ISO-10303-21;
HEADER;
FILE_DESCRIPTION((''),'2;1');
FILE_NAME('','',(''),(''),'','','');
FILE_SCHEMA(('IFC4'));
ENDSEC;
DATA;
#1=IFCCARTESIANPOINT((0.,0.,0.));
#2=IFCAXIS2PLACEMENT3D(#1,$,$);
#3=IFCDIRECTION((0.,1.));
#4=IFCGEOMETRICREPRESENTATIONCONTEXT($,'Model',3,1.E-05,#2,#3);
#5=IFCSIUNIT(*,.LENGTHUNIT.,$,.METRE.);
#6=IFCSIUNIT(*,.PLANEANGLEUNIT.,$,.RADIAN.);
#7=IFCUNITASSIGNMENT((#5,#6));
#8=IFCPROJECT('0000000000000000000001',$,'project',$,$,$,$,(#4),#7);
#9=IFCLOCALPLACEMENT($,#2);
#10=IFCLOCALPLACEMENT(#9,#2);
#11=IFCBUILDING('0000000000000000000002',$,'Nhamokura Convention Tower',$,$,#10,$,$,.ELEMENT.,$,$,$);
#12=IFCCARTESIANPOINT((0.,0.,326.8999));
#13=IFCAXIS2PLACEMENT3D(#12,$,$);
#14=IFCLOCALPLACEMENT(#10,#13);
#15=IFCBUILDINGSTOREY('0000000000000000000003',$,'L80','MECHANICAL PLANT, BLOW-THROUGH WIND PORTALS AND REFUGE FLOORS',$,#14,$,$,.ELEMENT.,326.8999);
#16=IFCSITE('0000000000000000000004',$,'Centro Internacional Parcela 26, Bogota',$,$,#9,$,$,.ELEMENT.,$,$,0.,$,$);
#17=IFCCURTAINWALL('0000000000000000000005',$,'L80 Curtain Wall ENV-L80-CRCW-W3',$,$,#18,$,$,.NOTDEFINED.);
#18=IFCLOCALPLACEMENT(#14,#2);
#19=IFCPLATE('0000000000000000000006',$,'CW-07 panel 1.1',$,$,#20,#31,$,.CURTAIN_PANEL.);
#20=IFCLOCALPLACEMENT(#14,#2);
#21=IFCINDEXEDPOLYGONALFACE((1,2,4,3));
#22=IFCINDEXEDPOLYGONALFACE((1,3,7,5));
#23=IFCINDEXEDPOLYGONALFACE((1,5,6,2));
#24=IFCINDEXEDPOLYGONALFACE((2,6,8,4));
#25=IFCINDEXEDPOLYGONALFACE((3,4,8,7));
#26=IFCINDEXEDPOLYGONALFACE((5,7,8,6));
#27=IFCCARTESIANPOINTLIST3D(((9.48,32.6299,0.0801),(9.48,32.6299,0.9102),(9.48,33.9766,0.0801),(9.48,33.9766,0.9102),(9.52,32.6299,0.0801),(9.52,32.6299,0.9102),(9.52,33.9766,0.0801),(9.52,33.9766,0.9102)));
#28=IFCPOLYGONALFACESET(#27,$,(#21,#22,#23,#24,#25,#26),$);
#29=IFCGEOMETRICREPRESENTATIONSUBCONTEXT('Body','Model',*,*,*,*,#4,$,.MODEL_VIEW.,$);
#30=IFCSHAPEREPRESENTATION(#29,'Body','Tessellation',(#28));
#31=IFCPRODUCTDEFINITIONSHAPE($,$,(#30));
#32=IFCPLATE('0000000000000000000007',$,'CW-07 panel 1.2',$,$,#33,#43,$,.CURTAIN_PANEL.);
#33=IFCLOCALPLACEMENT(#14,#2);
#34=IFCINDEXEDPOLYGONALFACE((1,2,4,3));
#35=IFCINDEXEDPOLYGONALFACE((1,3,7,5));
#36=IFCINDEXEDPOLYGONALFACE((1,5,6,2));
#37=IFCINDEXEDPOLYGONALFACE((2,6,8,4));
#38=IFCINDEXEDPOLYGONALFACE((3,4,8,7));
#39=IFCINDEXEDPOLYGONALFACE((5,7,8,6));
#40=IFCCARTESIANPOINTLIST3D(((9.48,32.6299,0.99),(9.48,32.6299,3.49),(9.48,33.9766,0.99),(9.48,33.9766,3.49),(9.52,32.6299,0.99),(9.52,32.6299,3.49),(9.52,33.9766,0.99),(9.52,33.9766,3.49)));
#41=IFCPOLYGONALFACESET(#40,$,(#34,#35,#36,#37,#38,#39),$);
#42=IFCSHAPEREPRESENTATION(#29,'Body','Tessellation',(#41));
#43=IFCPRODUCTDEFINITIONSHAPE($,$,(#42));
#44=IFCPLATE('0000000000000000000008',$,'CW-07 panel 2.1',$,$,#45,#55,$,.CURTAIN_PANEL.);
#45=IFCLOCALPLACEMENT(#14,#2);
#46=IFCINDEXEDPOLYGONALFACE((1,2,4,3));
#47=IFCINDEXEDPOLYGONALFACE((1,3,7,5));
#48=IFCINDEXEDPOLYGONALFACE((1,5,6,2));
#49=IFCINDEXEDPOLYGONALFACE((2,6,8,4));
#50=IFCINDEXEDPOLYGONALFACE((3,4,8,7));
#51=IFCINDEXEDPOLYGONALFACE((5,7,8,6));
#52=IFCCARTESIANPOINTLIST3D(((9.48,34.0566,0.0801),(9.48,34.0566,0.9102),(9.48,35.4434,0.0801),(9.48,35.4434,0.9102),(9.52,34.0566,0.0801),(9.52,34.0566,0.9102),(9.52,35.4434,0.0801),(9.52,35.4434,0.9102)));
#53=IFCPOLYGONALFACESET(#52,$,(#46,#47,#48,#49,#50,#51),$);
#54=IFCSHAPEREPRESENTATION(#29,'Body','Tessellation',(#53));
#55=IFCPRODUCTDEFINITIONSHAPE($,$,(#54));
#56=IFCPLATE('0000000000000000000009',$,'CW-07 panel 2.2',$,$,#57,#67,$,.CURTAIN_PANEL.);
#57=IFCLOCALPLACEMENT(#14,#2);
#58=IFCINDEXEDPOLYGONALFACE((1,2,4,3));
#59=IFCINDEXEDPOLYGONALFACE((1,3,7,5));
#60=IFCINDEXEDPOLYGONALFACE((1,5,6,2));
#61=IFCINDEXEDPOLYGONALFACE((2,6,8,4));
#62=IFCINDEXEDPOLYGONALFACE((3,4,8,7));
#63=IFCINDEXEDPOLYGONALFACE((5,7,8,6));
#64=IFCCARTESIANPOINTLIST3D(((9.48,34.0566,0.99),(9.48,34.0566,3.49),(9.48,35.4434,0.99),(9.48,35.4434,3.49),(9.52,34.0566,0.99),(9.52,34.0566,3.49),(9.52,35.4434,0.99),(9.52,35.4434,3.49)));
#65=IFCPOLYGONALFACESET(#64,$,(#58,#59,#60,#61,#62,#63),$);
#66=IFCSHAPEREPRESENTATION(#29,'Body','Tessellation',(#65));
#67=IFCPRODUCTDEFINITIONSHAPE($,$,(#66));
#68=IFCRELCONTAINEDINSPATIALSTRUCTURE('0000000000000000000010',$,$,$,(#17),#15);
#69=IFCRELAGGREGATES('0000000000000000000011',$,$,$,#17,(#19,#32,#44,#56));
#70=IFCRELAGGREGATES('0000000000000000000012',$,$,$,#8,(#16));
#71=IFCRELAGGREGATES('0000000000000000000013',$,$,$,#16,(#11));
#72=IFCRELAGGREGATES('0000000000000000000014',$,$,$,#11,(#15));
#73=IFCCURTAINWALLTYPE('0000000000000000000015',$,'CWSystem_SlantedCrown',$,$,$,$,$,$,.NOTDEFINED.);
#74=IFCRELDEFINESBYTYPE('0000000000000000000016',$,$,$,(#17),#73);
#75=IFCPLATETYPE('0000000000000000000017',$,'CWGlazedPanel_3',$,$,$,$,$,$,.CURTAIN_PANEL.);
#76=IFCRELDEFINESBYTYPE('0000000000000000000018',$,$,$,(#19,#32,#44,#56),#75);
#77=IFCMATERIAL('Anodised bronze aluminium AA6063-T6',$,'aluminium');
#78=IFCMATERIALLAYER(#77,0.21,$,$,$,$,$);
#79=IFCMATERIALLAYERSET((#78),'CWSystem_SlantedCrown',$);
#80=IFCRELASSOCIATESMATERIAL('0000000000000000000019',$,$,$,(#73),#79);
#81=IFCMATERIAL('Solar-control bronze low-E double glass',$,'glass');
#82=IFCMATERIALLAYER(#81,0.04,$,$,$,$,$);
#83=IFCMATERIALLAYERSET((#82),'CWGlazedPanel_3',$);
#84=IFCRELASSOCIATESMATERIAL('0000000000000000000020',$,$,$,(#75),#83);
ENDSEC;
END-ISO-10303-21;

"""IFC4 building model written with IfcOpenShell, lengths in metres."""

from ifc_helpers import new_model, si_unit, direction, frame, origin, origin_2d, place, context, subcontext, project, spatial, rectangle, extrude, material, layer, layer_set, type_object, element, aggregate, save


model = new_model("IFC4")

# Units and contexts
model_context = context("Model", 3, precision=1e-05, world=origin(), true_north=direction((0.0, 1.0)))
body_context = subcontext(model_context, "Body", "Model", "MODEL_VIEW")
ifc_project = project(units=[si_unit("LENGTHUNIT", "METRE"), si_unit("PLANEANGLEUNIT", "RADIAN")], contexts=[model_context])

# Site, building, storey
site_placement = place(None, origin())
site = spatial("IfcSite", under=ifc_project, at=site_placement, Name="Centro Internacional Parcela 26, Bogota", CompositionType="ELEMENT", RefElevation=0.0)
building_placement = place(site_placement, origin())
building = spatial("IfcBuilding", under=site, at=building_placement, Name="Nhamokura Convention Tower", CompositionType="ELEMENT")
storey_placement = place(building_placement, frame((0.0, 0.0, 326.8999)))
storey = spatial("IfcBuildingStorey", under=building, at=storey_placement, Name="L80", Description="MECHANICAL PLANT, BLOW-THROUGH WIND PORTALS AND REFUGE FLOORS", CompositionType="ELEMENT", Elevation=326.8999)

# Shared definitions
ifc_material_1 = material(Name="Anodised bronze aluminium AA6063-T6", Category="aluminium")
ifc_layer_1 = layer(ifc_material_1, 0.21)
ifc_layer_set_1 = layer_set([ifc_layer_1], Name="CWSystem_SlantedCrown")
curtain_wall_type = type_object("IfcCurtainWallType", Name="CWSystem_SlantedCrown", PredefinedType="NOTDEFINED", material=ifc_layer_set_1)

# Curtain wall
curtain_wall_1_placement = place(storey_placement, origin())
curtain_wall_1 = element("IfcCurtainWall", 1, at=curtain_wall_1_placement, inside=storey, type_object=curtain_wall_type, Name="L80 Curtain Wall ENV-L80-CRCW-W3", PredefinedType="NOTDEFINED")

# Plates
ifc_material_2 = material(Name="Solar-control bronze low-E double glass", Category="glass")
ifc_layer_2 = layer(ifc_material_2, 0.04)
ifc_layer_set_2 = layer_set([ifc_layer_2], Name="CWGlazedPanel_3")
plate_type = type_object("IfcPlateType", Name="CWGlazedPanel_3", PredefinedType="CURTAIN_PANEL", material=ifc_layer_set_2)
plate_1_placement = place(storey_placement, frame((9.5, 33.3032, 0.0801), z_axis=(0.0, 0.0, 1.0), x_axis=(0.0, 1.0, 0.0)))
plate_1 = element("IfcPlate", 2, at=plate_1_placement, type_object=plate_type, Name="CW-07 panel 1.1", PredefinedType="CURTAIN_PANEL", context=body_context, shape_type="SweptSolid", body=[
    extrude(rectangle(XDim=1.3467, YDim=0.04, at=origin_2d()), origin(), (0.0, 0.0, 1.0), 0.8301),
])
plate_2_placement = place(storey_placement, frame((9.5, 33.3032, 0.99), z_axis=(0.0, 0.0, 1.0), x_axis=(0.0, 1.0, 0.0)))
plate_2 = element("IfcPlate", 3, at=plate_2_placement, type_object=plate_type, Name="CW-07 panel 1.2", PredefinedType="CURTAIN_PANEL", context=body_context, shape_type="SweptSolid", body=[
    extrude(rectangle(XDim=1.3467, YDim=0.04, at=origin_2d()), origin(), (0.0, 0.0, 1.0), 2.5),
])
plate_3_placement = place(storey_placement, frame((9.5, 34.75, 0.0801), z_axis=(0.0, 0.0, 1.0), x_axis=(0.0, 1.0, 0.0)))
plate_3 = element("IfcPlate", 4, at=plate_3_placement, type_object=plate_type, Name="CW-07 panel 2.1", PredefinedType="CURTAIN_PANEL", context=body_context, shape_type="SweptSolid", body=[
    extrude(rectangle(XDim=1.3867, YDim=0.04, at=origin_2d()), origin(), (0.0, 0.0, 1.0), 0.8301),
])
plate_4_placement = place(storey_placement, frame((9.5, 34.75, 0.99), z_axis=(0.0, 0.0, 1.0), x_axis=(0.0, 1.0, 0.0)))
plate_4 = element("IfcPlate", 5, at=plate_4_placement, type_object=plate_type, Name="CW-07 panel 2.2", PredefinedType="CURTAIN_PANEL", context=body_context, shape_type="SweptSolid", body=[
    extrude(rectangle(XDim=1.3867, YDim=0.04, at=origin_2d()), origin(), (0.0, 0.0, 1.0), 2.5),
])
aggregate(curtain_wall_1, [plate_1, plate_2, plate_3, plate_4])

save(model, "model.ifc")
